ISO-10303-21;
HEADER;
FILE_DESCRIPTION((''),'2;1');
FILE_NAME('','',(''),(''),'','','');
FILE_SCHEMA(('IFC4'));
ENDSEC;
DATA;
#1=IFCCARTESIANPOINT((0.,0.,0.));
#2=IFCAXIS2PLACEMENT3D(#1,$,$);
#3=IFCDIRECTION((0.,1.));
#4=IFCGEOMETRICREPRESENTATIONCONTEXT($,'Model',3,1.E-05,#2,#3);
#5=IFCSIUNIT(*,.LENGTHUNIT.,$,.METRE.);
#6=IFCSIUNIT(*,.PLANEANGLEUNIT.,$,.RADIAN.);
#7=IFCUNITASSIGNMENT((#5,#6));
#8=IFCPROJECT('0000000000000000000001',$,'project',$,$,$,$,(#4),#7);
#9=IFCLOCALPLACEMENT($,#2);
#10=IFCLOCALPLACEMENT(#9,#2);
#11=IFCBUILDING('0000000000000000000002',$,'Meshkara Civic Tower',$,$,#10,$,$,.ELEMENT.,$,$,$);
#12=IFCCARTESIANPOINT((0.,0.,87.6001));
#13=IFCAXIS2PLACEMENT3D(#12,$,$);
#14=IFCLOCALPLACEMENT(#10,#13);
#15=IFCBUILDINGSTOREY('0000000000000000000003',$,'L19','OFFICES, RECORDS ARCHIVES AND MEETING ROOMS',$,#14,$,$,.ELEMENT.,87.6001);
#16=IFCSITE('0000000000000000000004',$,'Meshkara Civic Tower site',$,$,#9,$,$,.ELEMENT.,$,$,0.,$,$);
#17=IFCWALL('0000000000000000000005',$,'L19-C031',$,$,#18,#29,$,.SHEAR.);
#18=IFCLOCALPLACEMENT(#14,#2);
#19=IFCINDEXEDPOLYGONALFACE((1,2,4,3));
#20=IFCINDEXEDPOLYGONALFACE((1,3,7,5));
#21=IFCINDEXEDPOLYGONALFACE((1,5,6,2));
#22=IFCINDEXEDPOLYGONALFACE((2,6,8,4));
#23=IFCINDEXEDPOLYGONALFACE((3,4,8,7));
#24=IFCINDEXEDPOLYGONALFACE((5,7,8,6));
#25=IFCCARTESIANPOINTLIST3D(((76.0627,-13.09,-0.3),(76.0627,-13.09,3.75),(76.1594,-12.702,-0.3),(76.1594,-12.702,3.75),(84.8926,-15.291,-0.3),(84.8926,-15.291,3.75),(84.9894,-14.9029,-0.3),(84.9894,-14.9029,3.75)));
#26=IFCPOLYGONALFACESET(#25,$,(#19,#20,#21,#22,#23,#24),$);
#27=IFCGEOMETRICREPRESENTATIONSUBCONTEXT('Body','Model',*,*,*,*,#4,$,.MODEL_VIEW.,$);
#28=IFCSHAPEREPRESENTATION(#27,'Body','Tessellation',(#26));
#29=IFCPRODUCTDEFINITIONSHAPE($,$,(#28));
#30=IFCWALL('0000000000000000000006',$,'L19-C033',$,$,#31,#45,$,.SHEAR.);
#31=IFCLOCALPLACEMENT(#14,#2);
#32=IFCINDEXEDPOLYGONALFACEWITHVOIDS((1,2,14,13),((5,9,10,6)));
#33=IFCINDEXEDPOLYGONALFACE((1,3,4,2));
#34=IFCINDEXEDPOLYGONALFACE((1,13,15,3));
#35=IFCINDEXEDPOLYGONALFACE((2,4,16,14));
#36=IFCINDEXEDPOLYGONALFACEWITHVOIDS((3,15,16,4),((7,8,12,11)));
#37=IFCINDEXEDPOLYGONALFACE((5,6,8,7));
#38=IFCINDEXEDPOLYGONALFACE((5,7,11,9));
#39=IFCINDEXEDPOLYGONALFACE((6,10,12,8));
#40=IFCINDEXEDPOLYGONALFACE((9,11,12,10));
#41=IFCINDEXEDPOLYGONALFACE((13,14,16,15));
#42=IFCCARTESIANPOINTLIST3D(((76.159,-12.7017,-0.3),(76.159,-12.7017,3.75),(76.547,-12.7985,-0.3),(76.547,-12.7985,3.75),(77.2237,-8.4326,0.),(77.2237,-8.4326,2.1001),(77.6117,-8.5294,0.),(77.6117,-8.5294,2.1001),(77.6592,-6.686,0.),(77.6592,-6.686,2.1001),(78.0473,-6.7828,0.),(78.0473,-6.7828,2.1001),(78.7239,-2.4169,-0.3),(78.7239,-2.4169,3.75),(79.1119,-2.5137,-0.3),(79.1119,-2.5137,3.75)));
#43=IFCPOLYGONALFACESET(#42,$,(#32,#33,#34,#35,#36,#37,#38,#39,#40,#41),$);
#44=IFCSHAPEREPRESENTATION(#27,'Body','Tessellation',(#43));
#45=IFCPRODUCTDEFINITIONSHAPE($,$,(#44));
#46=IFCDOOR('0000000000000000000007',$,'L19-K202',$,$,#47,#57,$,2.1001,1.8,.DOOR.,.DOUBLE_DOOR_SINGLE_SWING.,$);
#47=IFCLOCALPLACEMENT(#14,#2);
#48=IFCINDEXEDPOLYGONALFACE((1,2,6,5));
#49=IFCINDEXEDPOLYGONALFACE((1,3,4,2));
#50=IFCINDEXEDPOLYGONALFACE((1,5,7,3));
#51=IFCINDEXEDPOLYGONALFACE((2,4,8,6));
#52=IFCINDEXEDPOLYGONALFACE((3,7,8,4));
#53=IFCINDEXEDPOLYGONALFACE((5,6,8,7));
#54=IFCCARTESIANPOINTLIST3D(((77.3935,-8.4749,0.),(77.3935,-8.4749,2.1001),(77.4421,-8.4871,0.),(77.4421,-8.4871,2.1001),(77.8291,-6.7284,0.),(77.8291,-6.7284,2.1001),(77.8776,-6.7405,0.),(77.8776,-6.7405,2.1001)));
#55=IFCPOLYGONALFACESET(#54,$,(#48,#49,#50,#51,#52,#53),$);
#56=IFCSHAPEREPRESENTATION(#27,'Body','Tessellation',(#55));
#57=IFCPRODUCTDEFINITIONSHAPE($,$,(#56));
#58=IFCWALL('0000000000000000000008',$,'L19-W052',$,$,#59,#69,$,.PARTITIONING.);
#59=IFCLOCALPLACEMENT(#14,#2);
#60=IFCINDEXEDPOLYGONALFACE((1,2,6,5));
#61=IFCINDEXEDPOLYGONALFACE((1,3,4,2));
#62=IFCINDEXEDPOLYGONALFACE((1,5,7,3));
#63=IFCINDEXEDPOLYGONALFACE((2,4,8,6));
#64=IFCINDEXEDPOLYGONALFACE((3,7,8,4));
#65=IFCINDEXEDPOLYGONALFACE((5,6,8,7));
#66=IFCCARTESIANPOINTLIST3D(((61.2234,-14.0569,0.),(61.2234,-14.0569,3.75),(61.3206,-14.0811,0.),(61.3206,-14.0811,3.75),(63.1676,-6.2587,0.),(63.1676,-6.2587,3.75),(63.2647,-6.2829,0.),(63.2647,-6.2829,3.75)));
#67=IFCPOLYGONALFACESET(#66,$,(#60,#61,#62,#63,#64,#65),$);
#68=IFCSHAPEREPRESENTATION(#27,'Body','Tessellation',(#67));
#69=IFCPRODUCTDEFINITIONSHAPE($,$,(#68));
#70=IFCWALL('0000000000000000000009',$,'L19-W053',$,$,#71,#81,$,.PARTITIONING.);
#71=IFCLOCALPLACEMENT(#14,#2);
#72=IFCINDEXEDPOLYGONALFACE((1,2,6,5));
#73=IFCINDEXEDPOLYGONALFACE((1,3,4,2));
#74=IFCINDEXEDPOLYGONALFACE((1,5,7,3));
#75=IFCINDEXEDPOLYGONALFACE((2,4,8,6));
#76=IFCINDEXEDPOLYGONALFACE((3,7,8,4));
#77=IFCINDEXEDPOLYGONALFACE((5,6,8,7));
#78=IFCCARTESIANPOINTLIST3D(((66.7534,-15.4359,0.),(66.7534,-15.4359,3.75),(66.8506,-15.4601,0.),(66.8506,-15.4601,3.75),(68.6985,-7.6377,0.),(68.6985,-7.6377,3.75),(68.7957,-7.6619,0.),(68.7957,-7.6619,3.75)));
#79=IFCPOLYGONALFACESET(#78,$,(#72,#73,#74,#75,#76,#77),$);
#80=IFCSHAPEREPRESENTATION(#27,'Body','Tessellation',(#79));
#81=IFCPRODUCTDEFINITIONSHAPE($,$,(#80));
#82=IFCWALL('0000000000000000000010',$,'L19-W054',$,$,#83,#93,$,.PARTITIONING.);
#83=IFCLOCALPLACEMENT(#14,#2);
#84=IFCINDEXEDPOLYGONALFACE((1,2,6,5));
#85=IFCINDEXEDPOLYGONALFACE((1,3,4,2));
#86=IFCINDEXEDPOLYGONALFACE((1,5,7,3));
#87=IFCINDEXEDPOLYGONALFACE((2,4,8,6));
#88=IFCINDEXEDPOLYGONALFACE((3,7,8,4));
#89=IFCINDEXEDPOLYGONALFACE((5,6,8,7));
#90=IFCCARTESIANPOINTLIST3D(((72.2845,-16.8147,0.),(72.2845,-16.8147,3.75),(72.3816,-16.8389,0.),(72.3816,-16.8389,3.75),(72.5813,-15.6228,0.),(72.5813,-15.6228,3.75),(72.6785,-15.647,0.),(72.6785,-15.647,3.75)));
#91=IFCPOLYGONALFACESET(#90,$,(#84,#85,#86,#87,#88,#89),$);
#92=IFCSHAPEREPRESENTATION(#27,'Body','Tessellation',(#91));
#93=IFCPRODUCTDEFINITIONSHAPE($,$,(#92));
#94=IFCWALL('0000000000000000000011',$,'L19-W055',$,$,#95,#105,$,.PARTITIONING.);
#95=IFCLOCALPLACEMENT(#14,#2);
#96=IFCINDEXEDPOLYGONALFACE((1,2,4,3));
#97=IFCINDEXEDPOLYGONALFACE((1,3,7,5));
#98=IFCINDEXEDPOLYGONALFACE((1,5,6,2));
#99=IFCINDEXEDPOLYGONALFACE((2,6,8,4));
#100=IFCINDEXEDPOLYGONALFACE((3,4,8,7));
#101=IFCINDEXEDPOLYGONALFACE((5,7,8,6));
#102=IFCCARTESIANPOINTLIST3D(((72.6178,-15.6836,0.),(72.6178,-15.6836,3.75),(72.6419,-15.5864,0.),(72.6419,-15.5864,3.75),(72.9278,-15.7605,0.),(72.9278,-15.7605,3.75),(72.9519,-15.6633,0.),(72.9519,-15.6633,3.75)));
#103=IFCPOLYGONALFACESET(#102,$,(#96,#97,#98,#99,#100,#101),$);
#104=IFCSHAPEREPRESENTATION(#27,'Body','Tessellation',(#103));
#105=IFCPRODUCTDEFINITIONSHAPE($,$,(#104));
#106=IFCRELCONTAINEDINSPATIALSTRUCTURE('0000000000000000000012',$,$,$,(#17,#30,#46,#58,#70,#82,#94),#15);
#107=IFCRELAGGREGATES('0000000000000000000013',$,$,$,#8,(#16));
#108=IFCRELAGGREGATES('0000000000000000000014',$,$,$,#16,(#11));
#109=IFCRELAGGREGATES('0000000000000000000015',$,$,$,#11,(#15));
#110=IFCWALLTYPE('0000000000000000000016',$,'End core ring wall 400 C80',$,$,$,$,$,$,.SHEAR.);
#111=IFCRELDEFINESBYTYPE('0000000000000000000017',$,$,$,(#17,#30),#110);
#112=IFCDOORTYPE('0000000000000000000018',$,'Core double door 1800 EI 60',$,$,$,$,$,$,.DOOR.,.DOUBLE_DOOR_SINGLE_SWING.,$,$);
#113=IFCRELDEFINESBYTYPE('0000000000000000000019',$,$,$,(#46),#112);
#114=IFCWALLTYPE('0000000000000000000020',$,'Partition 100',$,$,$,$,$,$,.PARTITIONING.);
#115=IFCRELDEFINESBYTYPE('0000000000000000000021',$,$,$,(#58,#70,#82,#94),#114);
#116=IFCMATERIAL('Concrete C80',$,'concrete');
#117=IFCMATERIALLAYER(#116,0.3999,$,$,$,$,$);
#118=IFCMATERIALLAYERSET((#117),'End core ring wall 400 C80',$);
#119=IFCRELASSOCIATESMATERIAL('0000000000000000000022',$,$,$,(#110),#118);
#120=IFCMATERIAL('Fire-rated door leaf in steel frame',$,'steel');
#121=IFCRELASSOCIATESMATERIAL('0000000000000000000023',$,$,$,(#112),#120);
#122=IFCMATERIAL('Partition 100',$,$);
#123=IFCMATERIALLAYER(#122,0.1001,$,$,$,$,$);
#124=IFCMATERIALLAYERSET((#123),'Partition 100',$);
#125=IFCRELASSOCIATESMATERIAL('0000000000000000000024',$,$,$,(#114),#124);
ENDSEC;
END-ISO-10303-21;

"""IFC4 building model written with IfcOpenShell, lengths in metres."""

from ifc_helpers import new_model, si_unit, direction, frame, frame_2d, origin, place, context, subcontext, project, spatial, rectangle, extrude, material, layer, layer_set, type_object, element, fill, save


model = new_model("IFC4")

# Units and contexts
model_context = context("Model", 3, precision=1e-05, world=origin(), true_north=direction((0.0, 1.0)))
body_context = subcontext(model_context, "Body", "Model", "MODEL_VIEW")
ifc_project = project(units=[si_unit("LENGTHUNIT", "METRE"), si_unit("PLANEANGLEUNIT", "RADIAN")], contexts=[model_context])

# Site, building, storey
site_placement = place(None, origin())
site = spatial("IfcSite", under=ifc_project, at=site_placement, Name="Meshkara Civic Tower site", CompositionType="ELEMENT", RefElevation=0.0)
building_placement = place(site_placement, origin())
building = spatial("IfcBuilding", under=site, at=building_placement, Name="Meshkara Civic Tower", CompositionType="ELEMENT")
storey_placement = place(building_placement, frame((0.0, 0.0, 87.6001)))
storey = spatial("IfcBuildingStorey", under=building, at=storey_placement, Name="L19", Description="OFFICES, RECORDS ARCHIVES AND MEETING ROOMS", CompositionType="ELEMENT", Elevation=87.6001)

# Wall
ifc_material_1 = material(Name="Concrete C80", Category="concrete")
ifc_layer_1 = layer(ifc_material_1, 0.3999)
ifc_layer_set_1 = layer_set([ifc_layer_1], Name="End core ring wall 400 C80")
wall_type_1 = type_object("IfcWallType", Name="End core ring wall 400 C80", PredefinedType="SHEAR", material=ifc_layer_set_1)
wall_1_placement = place(storey_placement, frame((76.1111, -12.896, -0.3), z_axis=(0.0, 0.0, 1.0), x_axis=(0.970311, -0.24186, 0.0)))
element("IfcWall", 1, at=wall_1_placement, inside=storey, type_object=wall_type_1, Name="L19-C031", PredefinedType="SHEAR", context=body_context, shape_type="SweptSolid", body=[
    extrude(rectangle(XDim=9.1001, YDim=0.3999, at=frame_2d((4.55, 0.0))), origin(), (0.0, 0.0, 1.0), 4.05),
])

# Wall, opening, door
wall_2_placement = place(storey_placement, frame((76.353, -12.75, -0.3), z_axis=(0.0, 0.0, 1.0), x_axis=(0.241977, 0.970282, 0.0)))
wall_2 = element("IfcWall", 2, at=wall_2_placement, inside=storey, type_object=wall_type_1, Name="L19-C033", PredefinedType="SHEAR", context=body_context, shape_type="SweptSolid", body=[
    extrude(rectangle(XDim=10.5999, YDim=0.3999, at=frame_2d((5.2998, 0.0))), origin(), (0.0, 0.0, 1.0), 4.05),
])
opening_1_placement = place(wall_2_placement, frame((4.3999, 0.0, 0.3)))
opening_1 = element("IfcOpeningElement", 3, at=opening_1_placement, cuts=wall_2, PredefinedType="OPENING", context=body_context, shape_type="SweptSolid", body=[
    extrude(rectangle(XDim=1.8, YDim=2.1001, at=frame_2d((0.8999, 1.05))), frame((0.0, 0.21, 0.0), z_axis=(0.0, -1.0, 0.0), x_axis=(1.0, 0.0, 0.0)), (0.0, 0.0, 1.0), 0.4199),
])
ifc_material_2 = material(Name="Fire-rated door leaf in steel frame", Category="steel")
door_type_1 = type_object("IfcDoorType", Name="Core double door 1800 EI 60", OperationType="DOUBLE_DOOR_SINGLE_SWING", PredefinedType="DOOR", material=ifc_material_2)
door_1_placement = place(opening_1_placement, origin())
door_1 = element("IfcDoor", 4, at=door_1_placement, inside=storey, type_object=door_type_1, Name="L19-K202", OperationType="DOUBLE_DOOR_SINGLE_SWING", OverallHeight=2.1001, OverallWidth=1.8, PredefinedType="DOOR", context=body_context, shape_type="SweptSolid", body=[
    extrude(rectangle(XDim=1.8, YDim=2.1001, at=frame_2d((0.8999, 1.05))), frame((0.0, 0.0249, 0.0), z_axis=(0.0, -1.0, 0.0), x_axis=(1.0, 0.0, 0.0)), (0.0, 0.0, 1.0), 0.05),
])
fill(opening_1, door_1)

# Walls
ifc_material_3 = material(Name="Partition 100")
ifc_layer_2 = layer(ifc_material_3, 0.1001)
ifc_layer_set_2 = layer_set([ifc_layer_2], Name="Partition 100")
wall_type_2 = type_object("IfcWallType", Name="Partition 100", PredefinedType="PARTITIONING", material=ifc_layer_set_2)
wall_3_placement = place(storey_placement, frame((61.272, -14.0691, 0.0), z_axis=(0.0, 0.0, 1.0), x_axis=(0.241899, 0.970301, 0.0)))
element("IfcWall", 5, at=wall_3_placement, inside=storey, type_object=wall_type_2, Name="L19-W052", PredefinedType="PARTITIONING", context=body_context, shape_type="SweptSolid", body=[
    extrude(rectangle(XDim=8.0369, YDim=0.1001, at=frame_2d((4.0186, 0.0))), origin(), (0.0, 0.0, 1.0), 3.75),
])
wall_4_placement = place(storey_placement, frame((66.802, -15.448, 0.0), z_axis=(0.0, 0.0, 1.0), x_axis=(0.242014, 0.970273, 0.0)))
element("IfcWall", 6, at=wall_4_placement, inside=storey, type_object=wall_type_2, Name="L19-W053", PredefinedType="PARTITIONING", context=body_context, shape_type="SweptSolid", body=[
    extrude(rectangle(XDim=8.0371, YDim=0.1001, at=frame_2d((4.0186, 0.0))), origin(), (0.0, 0.0, 1.0), 3.75),
])
wall_5_placement = place(storey_placement, frame((72.333, -16.8269, 0.0), z_axis=(0.0, 0.0, 1.0), x_axis=(0.241694, 0.970353, 0.0)))
element("IfcWall", 7, at=wall_5_placement, inside=storey, type_object=wall_type_2, Name="L19-W054", PredefinedType="PARTITIONING", context=body_context, shape_type="SweptSolid", body=[
    extrude(rectangle(XDim=1.2283, YDim=0.1001, at=frame_2d((0.6143, 0.0))), origin(), (0.0, 0.0, 1.0), 3.75),
])
wall_6_placement = place(storey_placement, frame((72.6299, -15.635, 0.0), z_axis=(0.0, 0.0, 1.0), x_axis=(0.97059, -0.240737, 0.0)))
element("IfcWall", 8, at=wall_6_placement, inside=storey, type_object=wall_type_2, Name="L19-W055", PredefinedType="PARTITIONING", context=body_context, shape_type="SweptSolid", body=[
    extrude(rectangle(XDim=0.3193, YDim=0.1001, at=frame_2d((0.1597, 0.0))), origin(), (0.0, 0.0, 1.0), 3.75),
])

save(model, "model.ifc")
